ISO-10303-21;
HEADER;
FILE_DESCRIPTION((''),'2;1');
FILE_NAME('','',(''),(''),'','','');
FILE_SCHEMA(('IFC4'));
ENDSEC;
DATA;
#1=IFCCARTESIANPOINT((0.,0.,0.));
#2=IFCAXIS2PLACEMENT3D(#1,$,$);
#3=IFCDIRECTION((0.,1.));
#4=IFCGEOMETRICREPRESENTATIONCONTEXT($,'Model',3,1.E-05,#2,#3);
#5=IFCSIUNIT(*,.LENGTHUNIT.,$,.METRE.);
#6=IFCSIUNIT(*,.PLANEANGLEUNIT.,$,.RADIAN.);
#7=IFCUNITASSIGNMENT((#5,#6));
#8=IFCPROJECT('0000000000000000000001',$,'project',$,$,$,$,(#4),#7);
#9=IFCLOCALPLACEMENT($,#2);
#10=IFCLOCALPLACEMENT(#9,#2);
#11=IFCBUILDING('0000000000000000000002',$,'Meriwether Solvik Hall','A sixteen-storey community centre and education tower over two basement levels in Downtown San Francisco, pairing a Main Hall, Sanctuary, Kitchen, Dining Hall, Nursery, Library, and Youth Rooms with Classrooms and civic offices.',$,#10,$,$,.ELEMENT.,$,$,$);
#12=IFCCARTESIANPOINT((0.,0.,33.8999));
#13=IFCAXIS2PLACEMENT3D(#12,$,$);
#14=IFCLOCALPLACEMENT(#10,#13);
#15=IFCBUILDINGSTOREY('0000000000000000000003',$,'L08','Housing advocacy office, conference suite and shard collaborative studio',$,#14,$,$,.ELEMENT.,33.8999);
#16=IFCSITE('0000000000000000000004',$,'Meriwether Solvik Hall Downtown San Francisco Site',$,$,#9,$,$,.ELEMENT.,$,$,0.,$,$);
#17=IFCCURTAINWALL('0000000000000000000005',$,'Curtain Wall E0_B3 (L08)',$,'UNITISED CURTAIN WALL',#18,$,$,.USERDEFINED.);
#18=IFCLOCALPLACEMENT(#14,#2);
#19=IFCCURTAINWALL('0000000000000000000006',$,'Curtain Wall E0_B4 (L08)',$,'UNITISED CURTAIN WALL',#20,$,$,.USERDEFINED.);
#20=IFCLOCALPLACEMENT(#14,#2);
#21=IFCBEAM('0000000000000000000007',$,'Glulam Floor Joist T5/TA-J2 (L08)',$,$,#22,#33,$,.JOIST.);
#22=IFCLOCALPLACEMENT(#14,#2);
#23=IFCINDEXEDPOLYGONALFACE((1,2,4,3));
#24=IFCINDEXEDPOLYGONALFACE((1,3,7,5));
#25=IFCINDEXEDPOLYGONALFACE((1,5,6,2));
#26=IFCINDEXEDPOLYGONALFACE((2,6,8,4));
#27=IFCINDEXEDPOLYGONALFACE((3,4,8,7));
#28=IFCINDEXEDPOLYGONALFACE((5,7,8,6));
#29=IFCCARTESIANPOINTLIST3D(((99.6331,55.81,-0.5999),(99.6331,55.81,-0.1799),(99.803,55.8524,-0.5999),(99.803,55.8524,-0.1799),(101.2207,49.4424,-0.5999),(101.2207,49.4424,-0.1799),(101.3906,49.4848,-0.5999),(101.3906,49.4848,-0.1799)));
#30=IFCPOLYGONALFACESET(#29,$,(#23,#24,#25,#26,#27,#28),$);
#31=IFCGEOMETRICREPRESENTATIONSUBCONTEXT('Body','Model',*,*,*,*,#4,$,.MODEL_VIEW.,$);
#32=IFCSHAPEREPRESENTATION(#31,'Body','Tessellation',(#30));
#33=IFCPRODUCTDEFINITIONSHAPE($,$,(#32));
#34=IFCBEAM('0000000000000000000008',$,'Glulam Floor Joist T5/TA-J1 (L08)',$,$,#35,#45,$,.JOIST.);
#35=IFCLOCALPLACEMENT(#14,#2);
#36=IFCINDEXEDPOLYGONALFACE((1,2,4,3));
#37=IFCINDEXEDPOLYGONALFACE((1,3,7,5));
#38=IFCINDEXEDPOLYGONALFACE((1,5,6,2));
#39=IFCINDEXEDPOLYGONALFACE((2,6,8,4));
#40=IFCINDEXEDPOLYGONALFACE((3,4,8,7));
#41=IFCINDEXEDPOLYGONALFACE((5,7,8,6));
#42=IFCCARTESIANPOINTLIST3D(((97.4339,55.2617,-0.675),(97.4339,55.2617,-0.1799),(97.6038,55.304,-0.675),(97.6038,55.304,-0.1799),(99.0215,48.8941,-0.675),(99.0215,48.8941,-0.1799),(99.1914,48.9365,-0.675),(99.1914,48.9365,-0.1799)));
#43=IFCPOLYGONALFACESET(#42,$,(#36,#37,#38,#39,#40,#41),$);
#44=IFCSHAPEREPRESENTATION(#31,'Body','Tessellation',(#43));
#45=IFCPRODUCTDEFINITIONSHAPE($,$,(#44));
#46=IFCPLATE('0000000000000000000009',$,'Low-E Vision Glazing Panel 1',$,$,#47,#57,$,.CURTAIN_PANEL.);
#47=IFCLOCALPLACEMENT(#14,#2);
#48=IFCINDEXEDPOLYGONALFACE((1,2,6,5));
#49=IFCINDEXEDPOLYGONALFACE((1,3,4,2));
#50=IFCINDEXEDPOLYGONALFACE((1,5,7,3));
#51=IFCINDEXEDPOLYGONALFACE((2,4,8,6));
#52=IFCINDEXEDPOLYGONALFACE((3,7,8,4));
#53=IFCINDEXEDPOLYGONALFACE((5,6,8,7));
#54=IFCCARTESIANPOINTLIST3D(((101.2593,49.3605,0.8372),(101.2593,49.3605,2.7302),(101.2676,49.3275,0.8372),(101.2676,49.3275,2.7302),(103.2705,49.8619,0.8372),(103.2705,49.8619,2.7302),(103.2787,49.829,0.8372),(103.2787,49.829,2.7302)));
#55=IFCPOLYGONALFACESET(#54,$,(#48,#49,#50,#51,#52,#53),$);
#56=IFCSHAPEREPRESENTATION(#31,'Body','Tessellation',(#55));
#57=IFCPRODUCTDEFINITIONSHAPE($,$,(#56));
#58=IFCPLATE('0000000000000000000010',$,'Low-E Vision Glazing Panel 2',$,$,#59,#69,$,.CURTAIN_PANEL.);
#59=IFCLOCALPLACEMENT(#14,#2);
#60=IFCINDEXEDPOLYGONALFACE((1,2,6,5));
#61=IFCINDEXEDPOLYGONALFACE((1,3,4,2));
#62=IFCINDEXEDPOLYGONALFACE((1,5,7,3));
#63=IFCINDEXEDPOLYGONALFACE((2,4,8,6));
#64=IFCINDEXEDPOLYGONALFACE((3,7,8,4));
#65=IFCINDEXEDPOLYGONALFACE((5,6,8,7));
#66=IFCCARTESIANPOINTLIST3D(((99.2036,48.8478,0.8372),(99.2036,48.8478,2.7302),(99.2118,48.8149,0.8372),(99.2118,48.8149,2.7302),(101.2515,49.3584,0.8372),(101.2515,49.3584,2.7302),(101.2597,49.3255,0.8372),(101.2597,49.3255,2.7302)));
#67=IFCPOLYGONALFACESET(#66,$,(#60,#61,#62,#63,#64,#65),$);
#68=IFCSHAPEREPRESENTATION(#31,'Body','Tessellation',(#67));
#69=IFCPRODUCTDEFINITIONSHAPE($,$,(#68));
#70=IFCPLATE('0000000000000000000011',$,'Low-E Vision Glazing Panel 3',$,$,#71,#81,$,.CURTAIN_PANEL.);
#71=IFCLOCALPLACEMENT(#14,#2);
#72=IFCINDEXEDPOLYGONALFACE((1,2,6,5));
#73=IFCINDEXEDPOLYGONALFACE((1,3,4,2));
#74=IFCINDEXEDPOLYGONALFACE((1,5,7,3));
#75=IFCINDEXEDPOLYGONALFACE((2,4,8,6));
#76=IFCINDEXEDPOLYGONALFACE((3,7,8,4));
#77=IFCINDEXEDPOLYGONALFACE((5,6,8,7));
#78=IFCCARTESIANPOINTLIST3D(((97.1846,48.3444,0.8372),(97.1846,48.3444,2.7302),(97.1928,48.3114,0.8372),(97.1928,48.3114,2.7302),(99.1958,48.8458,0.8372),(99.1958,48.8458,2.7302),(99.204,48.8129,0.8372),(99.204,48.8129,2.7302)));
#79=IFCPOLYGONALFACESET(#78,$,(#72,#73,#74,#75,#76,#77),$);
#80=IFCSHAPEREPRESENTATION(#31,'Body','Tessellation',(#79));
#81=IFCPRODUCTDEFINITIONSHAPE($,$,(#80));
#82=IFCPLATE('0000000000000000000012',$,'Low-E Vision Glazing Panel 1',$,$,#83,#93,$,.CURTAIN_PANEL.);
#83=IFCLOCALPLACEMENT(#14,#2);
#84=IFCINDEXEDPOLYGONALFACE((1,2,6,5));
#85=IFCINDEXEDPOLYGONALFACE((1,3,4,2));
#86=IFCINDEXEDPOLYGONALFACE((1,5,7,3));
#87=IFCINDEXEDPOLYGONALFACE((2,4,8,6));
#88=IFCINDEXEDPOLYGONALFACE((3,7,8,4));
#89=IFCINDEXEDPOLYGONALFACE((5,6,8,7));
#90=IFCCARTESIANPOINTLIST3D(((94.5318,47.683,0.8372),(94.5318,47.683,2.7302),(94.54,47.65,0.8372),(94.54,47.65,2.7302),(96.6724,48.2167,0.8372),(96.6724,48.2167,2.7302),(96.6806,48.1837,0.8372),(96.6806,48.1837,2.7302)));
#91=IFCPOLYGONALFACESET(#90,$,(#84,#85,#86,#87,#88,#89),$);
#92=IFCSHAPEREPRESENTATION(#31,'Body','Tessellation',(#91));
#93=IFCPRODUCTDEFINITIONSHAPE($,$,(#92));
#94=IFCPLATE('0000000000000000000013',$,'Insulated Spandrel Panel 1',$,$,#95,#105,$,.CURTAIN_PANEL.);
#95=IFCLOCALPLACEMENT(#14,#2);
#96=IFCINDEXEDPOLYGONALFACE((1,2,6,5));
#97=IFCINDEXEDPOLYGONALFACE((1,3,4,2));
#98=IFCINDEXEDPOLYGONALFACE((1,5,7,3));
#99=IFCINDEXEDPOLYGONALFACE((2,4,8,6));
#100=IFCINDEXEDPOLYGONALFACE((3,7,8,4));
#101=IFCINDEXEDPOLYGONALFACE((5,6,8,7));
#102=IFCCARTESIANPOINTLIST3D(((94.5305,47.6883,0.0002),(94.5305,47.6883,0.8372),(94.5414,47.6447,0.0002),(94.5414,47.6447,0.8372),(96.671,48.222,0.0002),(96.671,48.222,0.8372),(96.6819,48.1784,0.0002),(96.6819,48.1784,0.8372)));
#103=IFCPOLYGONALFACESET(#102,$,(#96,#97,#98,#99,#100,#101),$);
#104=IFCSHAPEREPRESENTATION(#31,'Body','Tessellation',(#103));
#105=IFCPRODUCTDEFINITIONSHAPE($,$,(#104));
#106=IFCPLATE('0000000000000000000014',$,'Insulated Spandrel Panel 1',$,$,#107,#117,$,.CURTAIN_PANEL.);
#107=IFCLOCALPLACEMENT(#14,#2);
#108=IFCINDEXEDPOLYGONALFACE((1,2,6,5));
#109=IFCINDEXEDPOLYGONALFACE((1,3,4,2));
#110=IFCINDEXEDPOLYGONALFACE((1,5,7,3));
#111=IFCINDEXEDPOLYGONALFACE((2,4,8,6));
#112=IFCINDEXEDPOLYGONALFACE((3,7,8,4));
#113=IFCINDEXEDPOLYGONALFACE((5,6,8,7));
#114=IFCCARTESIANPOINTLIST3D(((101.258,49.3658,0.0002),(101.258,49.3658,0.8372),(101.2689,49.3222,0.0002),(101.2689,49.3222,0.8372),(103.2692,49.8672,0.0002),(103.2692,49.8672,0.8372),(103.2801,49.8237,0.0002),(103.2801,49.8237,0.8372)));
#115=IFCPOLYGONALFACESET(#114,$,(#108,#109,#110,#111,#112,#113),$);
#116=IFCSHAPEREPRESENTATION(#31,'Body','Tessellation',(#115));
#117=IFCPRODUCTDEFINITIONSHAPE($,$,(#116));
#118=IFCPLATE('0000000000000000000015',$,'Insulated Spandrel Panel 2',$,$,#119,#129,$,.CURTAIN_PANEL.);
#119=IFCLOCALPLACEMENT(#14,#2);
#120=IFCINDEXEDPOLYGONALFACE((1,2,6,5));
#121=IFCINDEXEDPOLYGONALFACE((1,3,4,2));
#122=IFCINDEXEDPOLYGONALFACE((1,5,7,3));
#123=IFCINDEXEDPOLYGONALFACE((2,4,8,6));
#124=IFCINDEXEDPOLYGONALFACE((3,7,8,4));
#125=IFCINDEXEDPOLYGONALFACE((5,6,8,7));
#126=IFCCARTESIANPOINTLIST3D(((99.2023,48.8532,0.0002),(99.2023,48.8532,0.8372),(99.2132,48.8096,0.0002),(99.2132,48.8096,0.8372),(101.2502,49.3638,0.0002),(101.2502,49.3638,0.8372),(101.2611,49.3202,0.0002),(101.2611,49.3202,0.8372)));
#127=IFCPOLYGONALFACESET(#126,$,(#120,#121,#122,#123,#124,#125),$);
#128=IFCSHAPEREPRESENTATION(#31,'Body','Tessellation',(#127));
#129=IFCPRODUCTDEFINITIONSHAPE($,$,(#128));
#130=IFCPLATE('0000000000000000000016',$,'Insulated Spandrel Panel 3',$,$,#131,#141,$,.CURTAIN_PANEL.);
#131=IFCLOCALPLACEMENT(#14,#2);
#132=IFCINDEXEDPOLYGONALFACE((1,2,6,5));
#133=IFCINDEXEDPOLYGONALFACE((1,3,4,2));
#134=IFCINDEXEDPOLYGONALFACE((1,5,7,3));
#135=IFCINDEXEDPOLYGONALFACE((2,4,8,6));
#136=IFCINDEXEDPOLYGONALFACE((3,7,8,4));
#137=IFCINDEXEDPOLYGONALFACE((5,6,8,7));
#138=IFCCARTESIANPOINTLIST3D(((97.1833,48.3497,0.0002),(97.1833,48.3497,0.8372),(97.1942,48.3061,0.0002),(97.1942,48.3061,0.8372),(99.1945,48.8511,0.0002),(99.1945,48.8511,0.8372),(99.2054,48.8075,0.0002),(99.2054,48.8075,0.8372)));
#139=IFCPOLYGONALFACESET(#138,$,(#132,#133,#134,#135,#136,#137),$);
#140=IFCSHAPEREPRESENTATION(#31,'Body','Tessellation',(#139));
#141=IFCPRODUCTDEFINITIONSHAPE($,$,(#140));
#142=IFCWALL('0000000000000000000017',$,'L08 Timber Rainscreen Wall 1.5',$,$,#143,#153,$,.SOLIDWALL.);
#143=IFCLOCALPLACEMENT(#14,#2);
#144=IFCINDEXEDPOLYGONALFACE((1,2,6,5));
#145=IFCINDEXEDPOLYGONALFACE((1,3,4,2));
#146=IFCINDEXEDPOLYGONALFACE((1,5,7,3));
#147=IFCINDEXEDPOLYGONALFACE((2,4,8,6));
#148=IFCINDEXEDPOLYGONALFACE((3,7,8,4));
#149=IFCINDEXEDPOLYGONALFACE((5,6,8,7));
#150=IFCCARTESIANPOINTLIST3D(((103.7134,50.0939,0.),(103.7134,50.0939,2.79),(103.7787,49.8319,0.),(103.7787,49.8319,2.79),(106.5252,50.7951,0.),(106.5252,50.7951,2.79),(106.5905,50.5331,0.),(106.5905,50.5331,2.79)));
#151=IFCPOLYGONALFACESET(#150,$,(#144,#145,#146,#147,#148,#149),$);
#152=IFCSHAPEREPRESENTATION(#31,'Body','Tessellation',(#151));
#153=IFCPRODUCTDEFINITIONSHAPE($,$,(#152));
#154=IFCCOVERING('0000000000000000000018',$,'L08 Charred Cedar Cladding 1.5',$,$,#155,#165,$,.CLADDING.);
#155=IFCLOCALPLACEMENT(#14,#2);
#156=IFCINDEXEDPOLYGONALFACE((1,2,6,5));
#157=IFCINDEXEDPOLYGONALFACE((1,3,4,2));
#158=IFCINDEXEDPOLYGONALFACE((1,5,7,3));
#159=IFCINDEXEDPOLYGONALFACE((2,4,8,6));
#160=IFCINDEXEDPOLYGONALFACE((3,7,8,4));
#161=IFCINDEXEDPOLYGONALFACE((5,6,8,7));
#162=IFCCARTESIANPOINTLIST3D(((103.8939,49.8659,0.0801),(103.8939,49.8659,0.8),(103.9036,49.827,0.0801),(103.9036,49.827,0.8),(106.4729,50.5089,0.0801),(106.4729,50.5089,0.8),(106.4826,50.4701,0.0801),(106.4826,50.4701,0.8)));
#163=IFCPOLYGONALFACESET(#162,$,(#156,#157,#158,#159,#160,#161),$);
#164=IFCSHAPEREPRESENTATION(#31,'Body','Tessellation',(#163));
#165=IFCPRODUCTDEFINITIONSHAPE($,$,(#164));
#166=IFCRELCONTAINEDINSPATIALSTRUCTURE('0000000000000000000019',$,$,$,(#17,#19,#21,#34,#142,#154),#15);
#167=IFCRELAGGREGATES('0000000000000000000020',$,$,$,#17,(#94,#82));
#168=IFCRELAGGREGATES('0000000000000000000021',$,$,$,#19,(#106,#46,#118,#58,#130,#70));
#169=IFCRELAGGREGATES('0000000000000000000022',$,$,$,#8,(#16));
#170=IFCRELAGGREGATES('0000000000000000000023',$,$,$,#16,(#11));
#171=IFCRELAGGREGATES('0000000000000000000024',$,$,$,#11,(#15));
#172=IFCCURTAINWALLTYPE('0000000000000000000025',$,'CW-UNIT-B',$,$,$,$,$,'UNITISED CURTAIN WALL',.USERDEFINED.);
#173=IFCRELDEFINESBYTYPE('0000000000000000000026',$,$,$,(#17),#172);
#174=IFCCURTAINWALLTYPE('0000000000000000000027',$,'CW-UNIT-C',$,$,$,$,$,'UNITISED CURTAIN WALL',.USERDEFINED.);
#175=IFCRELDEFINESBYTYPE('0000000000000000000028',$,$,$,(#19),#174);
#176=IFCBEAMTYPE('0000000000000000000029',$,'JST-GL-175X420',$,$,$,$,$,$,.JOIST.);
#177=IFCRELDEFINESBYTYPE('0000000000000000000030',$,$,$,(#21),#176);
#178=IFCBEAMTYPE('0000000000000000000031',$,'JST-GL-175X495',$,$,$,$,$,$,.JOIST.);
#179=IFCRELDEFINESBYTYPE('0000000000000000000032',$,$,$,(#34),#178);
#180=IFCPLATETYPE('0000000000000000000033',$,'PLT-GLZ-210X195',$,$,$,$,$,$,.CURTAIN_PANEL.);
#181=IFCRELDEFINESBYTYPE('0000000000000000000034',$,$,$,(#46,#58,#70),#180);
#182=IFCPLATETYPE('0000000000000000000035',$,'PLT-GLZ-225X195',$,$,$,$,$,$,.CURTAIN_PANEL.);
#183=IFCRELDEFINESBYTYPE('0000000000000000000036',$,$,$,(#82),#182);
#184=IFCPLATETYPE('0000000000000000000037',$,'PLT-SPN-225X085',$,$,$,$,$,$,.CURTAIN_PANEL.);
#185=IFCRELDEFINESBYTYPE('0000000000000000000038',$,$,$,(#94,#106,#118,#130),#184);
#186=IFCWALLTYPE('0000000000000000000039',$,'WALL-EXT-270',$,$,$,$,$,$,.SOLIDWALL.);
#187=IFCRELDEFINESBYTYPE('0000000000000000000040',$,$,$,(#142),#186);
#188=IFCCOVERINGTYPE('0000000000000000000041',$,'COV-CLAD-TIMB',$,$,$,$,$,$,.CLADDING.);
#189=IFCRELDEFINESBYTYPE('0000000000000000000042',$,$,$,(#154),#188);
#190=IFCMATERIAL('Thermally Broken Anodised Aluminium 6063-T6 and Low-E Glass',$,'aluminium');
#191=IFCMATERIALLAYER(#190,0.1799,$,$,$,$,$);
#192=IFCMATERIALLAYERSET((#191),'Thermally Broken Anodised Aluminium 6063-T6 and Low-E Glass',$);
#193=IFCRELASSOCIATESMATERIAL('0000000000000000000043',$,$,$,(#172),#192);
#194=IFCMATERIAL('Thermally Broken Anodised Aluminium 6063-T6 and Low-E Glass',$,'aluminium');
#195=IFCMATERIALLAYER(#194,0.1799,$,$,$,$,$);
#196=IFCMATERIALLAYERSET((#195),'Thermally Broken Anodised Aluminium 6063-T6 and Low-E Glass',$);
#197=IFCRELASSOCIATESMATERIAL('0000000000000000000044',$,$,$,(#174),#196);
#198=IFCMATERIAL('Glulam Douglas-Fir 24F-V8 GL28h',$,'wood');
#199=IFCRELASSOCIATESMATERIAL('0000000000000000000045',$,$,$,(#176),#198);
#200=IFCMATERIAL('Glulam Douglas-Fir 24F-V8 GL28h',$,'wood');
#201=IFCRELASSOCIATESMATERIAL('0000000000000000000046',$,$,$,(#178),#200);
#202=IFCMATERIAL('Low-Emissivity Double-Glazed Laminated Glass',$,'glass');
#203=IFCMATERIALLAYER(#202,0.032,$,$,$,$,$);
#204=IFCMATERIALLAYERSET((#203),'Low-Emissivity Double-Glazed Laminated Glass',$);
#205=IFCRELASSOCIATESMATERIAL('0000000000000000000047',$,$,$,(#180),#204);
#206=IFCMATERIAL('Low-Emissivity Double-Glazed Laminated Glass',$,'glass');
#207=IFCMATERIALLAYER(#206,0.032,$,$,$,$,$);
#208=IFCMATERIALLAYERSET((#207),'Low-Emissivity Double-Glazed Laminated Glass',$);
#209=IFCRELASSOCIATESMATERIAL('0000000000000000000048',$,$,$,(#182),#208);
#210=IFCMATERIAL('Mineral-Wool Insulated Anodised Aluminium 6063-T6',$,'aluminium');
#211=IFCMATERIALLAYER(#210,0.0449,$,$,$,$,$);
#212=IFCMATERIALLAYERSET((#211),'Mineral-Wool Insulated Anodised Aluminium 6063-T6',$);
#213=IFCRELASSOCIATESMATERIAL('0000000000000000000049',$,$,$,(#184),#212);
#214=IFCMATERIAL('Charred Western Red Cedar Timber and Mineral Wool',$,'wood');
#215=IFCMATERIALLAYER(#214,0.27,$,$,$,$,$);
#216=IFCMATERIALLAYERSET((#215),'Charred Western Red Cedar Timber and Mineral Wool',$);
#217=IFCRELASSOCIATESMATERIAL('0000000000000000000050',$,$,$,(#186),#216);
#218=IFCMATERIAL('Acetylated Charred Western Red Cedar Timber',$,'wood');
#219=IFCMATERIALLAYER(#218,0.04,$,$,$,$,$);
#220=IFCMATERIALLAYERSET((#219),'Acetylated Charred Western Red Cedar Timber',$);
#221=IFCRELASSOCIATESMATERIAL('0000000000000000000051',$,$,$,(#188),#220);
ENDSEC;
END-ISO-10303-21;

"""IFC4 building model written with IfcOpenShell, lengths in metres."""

from ifc_helpers import new_model, si_unit, direction, frame, frame_2d, origin, origin_2d, place, context, subcontext, project, spatial, rectangle, extrude, material, layer, layer_set, material_profile, profile_set, type_object, element, aggregate, save


model = new_model("IFC4")

# Units and contexts
model_context = context("Model", 3, precision=1e-05, world=origin(), true_north=direction((0.0, 1.0)))
body_context = subcontext(model_context, "Body", "Model", "MODEL_VIEW")
ifc_project = project(units=[si_unit("LENGTHUNIT", "METRE"), si_unit("PLANEANGLEUNIT", "RADIAN")], contexts=[model_context])

# Site, building, storey
site_placement = place(None, origin())
site = spatial("IfcSite", under=ifc_project, at=site_placement, Name="Meriwether Solvik Hall Downtown San Francisco Site", CompositionType="ELEMENT", RefElevation=0.0)
building_placement = place(site_placement, origin())
building = spatial("IfcBuilding", under=site, at=building_placement, Name="Meriwether Solvik Hall", Description="A sixteen-storey community centre and education tower over two basement levels in Downtown San Francisco, pairing a Main Hall, Sanctuary, Kitchen, Dining Hall, Nursery, Library, and Youth Rooms with Classrooms and civic offices.", CompositionType="ELEMENT")
storey_placement = place(building_placement, frame((0.0, 0.0, 33.8999)))
storey = spatial("IfcBuildingStorey", under=building, at=storey_placement, Name="L08", Description="Housing advocacy office, conference suite and shard collaborative studio", CompositionType="ELEMENT", Elevation=33.8999)

# Curtain wall
ifc_material_1 = material(Name="Thermally Broken Anodised Aluminium 6063-T6 and Low-E Glass", Category="aluminium")
ifc_layer_1 = layer(ifc_material_1, 0.1799)
ifc_layer_set_1 = layer_set([ifc_layer_1], Name="Thermally Broken Anodised Aluminium 6063-T6 and Low-E Glass")
curtain_wall_type_1 = type_object("IfcCurtainWallType", Name="CW-UNIT-B", ElementType="UNITISED CURTAIN WALL", PredefinedType="USERDEFINED", material=ifc_layer_set_1)
curtain_wall_1_placement = place(storey_placement, origin())
curtain_wall_1 = element("IfcCurtainWall", 1, at=curtain_wall_1_placement, inside=storey, type_object=curtain_wall_type_1, Name="Curtain Wall E0_B3 (L08)", ObjectType="UNITISED CURTAIN WALL", PredefinedType="USERDEFINED")

# Curtain wall
ifc_material_2 = material(Name="Thermally Broken Anodised Aluminium 6063-T6 and Low-E Glass", Category="aluminium")
ifc_layer_2 = layer(ifc_material_2, 0.1799)
ifc_layer_set_2 = layer_set([ifc_layer_2], Name="Thermally Broken Anodised Aluminium 6063-T6 and Low-E Glass")
curtain_wall_type_2 = type_object("IfcCurtainWallType", Name="CW-UNIT-C", ElementType="UNITISED CURTAIN WALL", PredefinedType="USERDEFINED", material=ifc_layer_set_2)
curtain_wall_2_placement = place(storey_placement, origin())
curtain_wall_2 = element("IfcCurtainWall", 2, at=curtain_wall_2_placement, inside=storey, type_object=curtain_wall_type_2, Name="Curtain Wall E0_B4 (L08)", ObjectType="UNITISED CURTAIN WALL", PredefinedType="USERDEFINED")

# Beams
ifc_material_3 = material(Name="Glulam Douglas-Fir 24F-V8 GL28h", Category="wood")
ifc_material_profile_1 = material_profile(ifc_material_3, rectangle(XDim=0.175, YDim=0.4199, at=origin_2d()), Name="GLJ-175X420")
ifc_profile_set_1 = profile_set([ifc_material_profile_1], Name="Glulam Douglas-Fir 24F-V8 GL28h")
beam_type_1 = type_object("IfcBeamType", Name="JST-GL-175X420", PredefinedType="JOIST", material=ifc_profile_set_1)
for number, where, z_axis, x_axis, name in (
    (3, (101.3057, 49.4636, -0.3899), (-0.241923, 0.970295, 0.0), (-0.970295, -0.241923, 0.0), "Glulam Floor Joist T5/TA-J2 (L08)"),
):
    element("IfcBeam", number, at=place(storey_placement, frame(where, z_axis=z_axis, x_axis=x_axis)), inside=storey, type_object=beam_type_1, Name=name, PredefinedType="JOIST", context=body_context, shape_type="SweptSolid", body=[
        extrude(rectangle(XDim=0.175, YDim=0.4199, at=origin_2d()), origin(), (0.0, 0.0, 1.0), 6.5625),
    ])
ifc_material_4 = material(Name="Glulam Douglas-Fir 24F-V8 GL28h", Category="wood")
ifc_material_profile_2 = material_profile(ifc_material_4, rectangle(XDim=0.175, YDim=0.4951, at=origin_2d()), Name="GLJ-175X495")
ifc_profile_set_2 = profile_set([ifc_material_profile_2], Name="Glulam Douglas-Fir 24F-V8 GL28h")
beam_type_2 = type_object("IfcBeamType", Name="JST-GL-175X495", PredefinedType="JOIST", material=ifc_profile_set_2)
beam_1_placement = place(storey_placement, frame((99.1064, 48.9153, -0.4275), z_axis=(-0.241923, 0.970295, 0.0), x_axis=(-0.970295, -0.241923, 0.0)))
element("IfcBeam", 4, at=beam_1_placement, inside=storey, type_object=beam_type_2, Name="Glulam Floor Joist T5/TA-J1 (L08)", PredefinedType="JOIST", context=body_context, shape_type="SweptSolid", body=[
    extrude(rectangle(XDim=0.175, YDim=0.4951, at=origin_2d()), origin(), (0.0, 0.0, 1.0), 6.5625),
])

# Plates
ifc_material_5 = material(Name="Low-Emissivity Double-Glazed Laminated Glass", Category="glass")
ifc_layer_3 = layer(ifc_material_5, 0.032)
ifc_layer_set_3 = layer_set([ifc_layer_3], Name="Low-Emissivity Double-Glazed Laminated Glass")
plate_type_1 = type_object("IfcPlateType", Name="PLT-GLZ-210X195", PredefinedType="CURTAIN_PANEL", material=ifc_layer_set_3)
plate_1_placement = place(storey_placement, frame((102.269, 49.5947, 0.8372), z_axis=(0.0, 0.0, 1.0), x_axis=(-0.970296, -0.241922, 0.0)))
plate_1 = element("IfcPlate", 5, at=plate_1_placement, type_object=plate_type_1, Name="Low-E Vision Glazing Panel 1", PredefinedType="CURTAIN_PANEL", context=body_context, shape_type="SweptSolid", body=[
    extrude(rectangle(XDim=2.0728, YDim=0.0339, at=origin_2d()), origin(), (0.0, 0.0, 1.0), 1.8931),
])
plate_2_placement = place(storey_placement, frame((100.2317, 49.0867, 0.8372), z_axis=(0.0, 0.0, 1.0), x_axis=(-0.970296, -0.241922, 0.0)))
plate_2 = element("IfcPlate", 6, at=plate_2_placement, type_object=plate_type_1, Name="Low-E Vision Glazing Panel 2", PredefinedType="CURTAIN_PANEL", context=body_context, shape_type="SweptSolid", body=[
    extrude(rectangle(XDim=2.1106, YDim=0.0339, at=origin_2d()), origin(), (0.0, 0.0, 1.0), 1.8931),
])
plate_3_placement = place(storey_placement, frame((98.1943, 48.5786, 0.8372), z_axis=(0.0, 0.0, 1.0), x_axis=(-0.970296, -0.241922, 0.0)))
plate_3 = element("IfcPlate", 7, at=plate_3_placement, type_object=plate_type_1, Name="Low-E Vision Glazing Panel 3", PredefinedType="CURTAIN_PANEL", context=body_context, shape_type="SweptSolid", body=[
    extrude(rectangle(XDim=2.0728, YDim=0.0339, at=origin_2d()), origin(), (0.0, 0.0, 1.0), 1.8931),
])
ifc_material_6 = material(Name="Low-Emissivity Double-Glazed Laminated Glass", Category="glass")
ifc_layer_4 = layer(ifc_material_6, 0.032)
ifc_layer_set_4 = layer_set([ifc_layer_4], Name="Low-Emissivity Double-Glazed Laminated Glass")
plate_type_2 = type_object("IfcPlateType", Name="PLT-GLZ-225X195", PredefinedType="CURTAIN_PANEL", material=ifc_layer_set_4)
plate_4_placement = place(storey_placement, frame((95.6062, 47.9333, 0.8372), z_axis=(0.0, 0.0, 1.0), x_axis=(-0.970296, -0.241922, 0.0)))
plate_4 = element("IfcPlate", 8, at=plate_4_placement, type_object=plate_type_2, Name="Low-E Vision Glazing Panel 1", PredefinedType="CURTAIN_PANEL", context=body_context, shape_type="SweptSolid", body=[
    extrude(rectangle(XDim=2.2061, YDim=0.0339, at=origin_2d()), origin(), (0.0, 0.0, 1.0), 1.8931),
])
ifc_material_7 = material(Name="Mineral-Wool Insulated Anodised Aluminium 6063-T6", Category="aluminium")
ifc_layer_5 = layer(ifc_material_7, 0.0449)
ifc_layer_set_5 = layer_set([ifc_layer_5], Name="Mineral-Wool Insulated Anodised Aluminium 6063-T6")
plate_type_3 = type_object("IfcPlateType", Name="PLT-SPN-225X085", PredefinedType="CURTAIN_PANEL", material=ifc_layer_set_5)
plate_5_placement = place(storey_placement, frame((95.6062, 47.9333, 0.0002), z_axis=(0.0, 0.0, 1.0), x_axis=(-0.970296, -0.241922, 0.0)))
plate_5 = element("IfcPlate", 9, at=plate_5_placement, type_object=plate_type_3, Name="Insulated Spandrel Panel 1", PredefinedType="CURTAIN_PANEL", context=body_context, shape_type="SweptSolid", body=[
    extrude(rectangle(XDim=2.2061, YDim=0.0449, at=origin_2d()), origin(), (0.0, 0.0, 1.0), 0.8369),
])
aggregate(curtain_wall_1, [plate_5, plate_4])
plate_6_placement = place(storey_placement, frame((102.269, 49.5947, 0.0002), z_axis=(0.0, 0.0, 1.0), x_axis=(-0.970296, -0.241922, 0.0)))
plate_6 = element("IfcPlate", 10, at=plate_6_placement, type_object=plate_type_3, Name="Insulated Spandrel Panel 1", PredefinedType="CURTAIN_PANEL", context=body_context, shape_type="SweptSolid", body=[
    extrude(rectangle(XDim=2.0728, YDim=0.0449, at=origin_2d()), origin(), (0.0, 0.0, 1.0), 0.8369),
])
plate_7_placement = place(storey_placement, frame((100.2317, 49.0867, 0.0002), z_axis=(0.0, 0.0, 1.0), x_axis=(-0.970296, -0.241922, 0.0)))
plate_7 = element("IfcPlate", 11, at=plate_7_placement, type_object=plate_type_3, Name="Insulated Spandrel Panel 2", PredefinedType="CURTAIN_PANEL", context=body_context, shape_type="SweptSolid", body=[
    extrude(rectangle(XDim=2.1106, YDim=0.0449, at=origin_2d()), origin(), (0.0, 0.0, 1.0), 0.8369),
])
plate_8_placement = place(storey_placement, frame((98.1943, 48.5786, 0.0002), z_axis=(0.0, 0.0, 1.0), x_axis=(-0.970296, -0.241922, 0.0)))
plate_8 = element("IfcPlate", 12, at=plate_8_placement, type_object=plate_type_3, Name="Insulated Spandrel Panel 3", PredefinedType="CURTAIN_PANEL", context=body_context, shape_type="SweptSolid", body=[
    extrude(rectangle(XDim=2.0728, YDim=0.0449, at=origin_2d()), origin(), (0.0, 0.0, 1.0), 0.8369),
])
aggregate(curtain_wall_2, [plate_6, plate_1, plate_7, plate_2, plate_8, plate_3])

# Wall
ifc_material_8 = material(Name="Charred Western Red Cedar Timber and Mineral Wool", Category="wood")
ifc_layer_6 = layer(ifc_material_8, 0.27)
ifc_layer_set_6 = layer_set([ifc_layer_6], Name="Charred Western Red Cedar Timber and Mineral Wool")
wall_type = type_object("IfcWallType", Name="WALL-EXT-270", PredefinedType="SOLIDWALL", material=ifc_layer_set_6)
wall_placement = place(storey_placement, frame((106.5579, 50.6641, 0.0), z_axis=(0.0, 0.0, 1.0), x_axis=(-0.970286, -0.241961, 0.0)))
element("IfcWall", 13, at=wall_placement, inside=storey, type_object=wall_type, Name="L08 Timber Rainscreen Wall 1.5", PredefinedType="SOLIDWALL", context=body_context, shape_type="SweptSolid", body=[
    extrude(rectangle(XDim=2.8979, YDim=0.27, at=frame_2d((1.449, 0.0))), origin(), (0.0, 0.0, 1.0), 2.79),
])

# Covering
ifc_material_9 = material(Name="Acetylated Charred Western Red Cedar Timber", Category="wood")
ifc_layer_7 = layer(ifc_material_9, 0.04)
ifc_layer_set_7 = layer_set([ifc_layer_7], Name="Acetylated Charred Western Red Cedar Timber")
covering_type = type_object("IfcCoveringType", Name="COV-CLAD-TIMB", PredefinedType="CLADDING", material=ifc_layer_set_7)
covering_placement = place(storey_placement, frame((105.1882, 50.168, 0.0801), z_axis=(0.0, 0.0, 1.0), x_axis=(-0.970296, -0.241922, 0.0)))
element("IfcCovering", 14, at=covering_placement, inside=storey, type_object=covering_type, Name="L08 Charred Cedar Cladding 1.5", PredefinedType="CLADDING", context=body_context, shape_type="SweptSolid", body=[
    extrude(rectangle(XDim=2.658, YDim=0.04, at=origin_2d()), origin(), (0.0, 0.0, 1.0), 0.72),
])

save(model, "model.ifc")
